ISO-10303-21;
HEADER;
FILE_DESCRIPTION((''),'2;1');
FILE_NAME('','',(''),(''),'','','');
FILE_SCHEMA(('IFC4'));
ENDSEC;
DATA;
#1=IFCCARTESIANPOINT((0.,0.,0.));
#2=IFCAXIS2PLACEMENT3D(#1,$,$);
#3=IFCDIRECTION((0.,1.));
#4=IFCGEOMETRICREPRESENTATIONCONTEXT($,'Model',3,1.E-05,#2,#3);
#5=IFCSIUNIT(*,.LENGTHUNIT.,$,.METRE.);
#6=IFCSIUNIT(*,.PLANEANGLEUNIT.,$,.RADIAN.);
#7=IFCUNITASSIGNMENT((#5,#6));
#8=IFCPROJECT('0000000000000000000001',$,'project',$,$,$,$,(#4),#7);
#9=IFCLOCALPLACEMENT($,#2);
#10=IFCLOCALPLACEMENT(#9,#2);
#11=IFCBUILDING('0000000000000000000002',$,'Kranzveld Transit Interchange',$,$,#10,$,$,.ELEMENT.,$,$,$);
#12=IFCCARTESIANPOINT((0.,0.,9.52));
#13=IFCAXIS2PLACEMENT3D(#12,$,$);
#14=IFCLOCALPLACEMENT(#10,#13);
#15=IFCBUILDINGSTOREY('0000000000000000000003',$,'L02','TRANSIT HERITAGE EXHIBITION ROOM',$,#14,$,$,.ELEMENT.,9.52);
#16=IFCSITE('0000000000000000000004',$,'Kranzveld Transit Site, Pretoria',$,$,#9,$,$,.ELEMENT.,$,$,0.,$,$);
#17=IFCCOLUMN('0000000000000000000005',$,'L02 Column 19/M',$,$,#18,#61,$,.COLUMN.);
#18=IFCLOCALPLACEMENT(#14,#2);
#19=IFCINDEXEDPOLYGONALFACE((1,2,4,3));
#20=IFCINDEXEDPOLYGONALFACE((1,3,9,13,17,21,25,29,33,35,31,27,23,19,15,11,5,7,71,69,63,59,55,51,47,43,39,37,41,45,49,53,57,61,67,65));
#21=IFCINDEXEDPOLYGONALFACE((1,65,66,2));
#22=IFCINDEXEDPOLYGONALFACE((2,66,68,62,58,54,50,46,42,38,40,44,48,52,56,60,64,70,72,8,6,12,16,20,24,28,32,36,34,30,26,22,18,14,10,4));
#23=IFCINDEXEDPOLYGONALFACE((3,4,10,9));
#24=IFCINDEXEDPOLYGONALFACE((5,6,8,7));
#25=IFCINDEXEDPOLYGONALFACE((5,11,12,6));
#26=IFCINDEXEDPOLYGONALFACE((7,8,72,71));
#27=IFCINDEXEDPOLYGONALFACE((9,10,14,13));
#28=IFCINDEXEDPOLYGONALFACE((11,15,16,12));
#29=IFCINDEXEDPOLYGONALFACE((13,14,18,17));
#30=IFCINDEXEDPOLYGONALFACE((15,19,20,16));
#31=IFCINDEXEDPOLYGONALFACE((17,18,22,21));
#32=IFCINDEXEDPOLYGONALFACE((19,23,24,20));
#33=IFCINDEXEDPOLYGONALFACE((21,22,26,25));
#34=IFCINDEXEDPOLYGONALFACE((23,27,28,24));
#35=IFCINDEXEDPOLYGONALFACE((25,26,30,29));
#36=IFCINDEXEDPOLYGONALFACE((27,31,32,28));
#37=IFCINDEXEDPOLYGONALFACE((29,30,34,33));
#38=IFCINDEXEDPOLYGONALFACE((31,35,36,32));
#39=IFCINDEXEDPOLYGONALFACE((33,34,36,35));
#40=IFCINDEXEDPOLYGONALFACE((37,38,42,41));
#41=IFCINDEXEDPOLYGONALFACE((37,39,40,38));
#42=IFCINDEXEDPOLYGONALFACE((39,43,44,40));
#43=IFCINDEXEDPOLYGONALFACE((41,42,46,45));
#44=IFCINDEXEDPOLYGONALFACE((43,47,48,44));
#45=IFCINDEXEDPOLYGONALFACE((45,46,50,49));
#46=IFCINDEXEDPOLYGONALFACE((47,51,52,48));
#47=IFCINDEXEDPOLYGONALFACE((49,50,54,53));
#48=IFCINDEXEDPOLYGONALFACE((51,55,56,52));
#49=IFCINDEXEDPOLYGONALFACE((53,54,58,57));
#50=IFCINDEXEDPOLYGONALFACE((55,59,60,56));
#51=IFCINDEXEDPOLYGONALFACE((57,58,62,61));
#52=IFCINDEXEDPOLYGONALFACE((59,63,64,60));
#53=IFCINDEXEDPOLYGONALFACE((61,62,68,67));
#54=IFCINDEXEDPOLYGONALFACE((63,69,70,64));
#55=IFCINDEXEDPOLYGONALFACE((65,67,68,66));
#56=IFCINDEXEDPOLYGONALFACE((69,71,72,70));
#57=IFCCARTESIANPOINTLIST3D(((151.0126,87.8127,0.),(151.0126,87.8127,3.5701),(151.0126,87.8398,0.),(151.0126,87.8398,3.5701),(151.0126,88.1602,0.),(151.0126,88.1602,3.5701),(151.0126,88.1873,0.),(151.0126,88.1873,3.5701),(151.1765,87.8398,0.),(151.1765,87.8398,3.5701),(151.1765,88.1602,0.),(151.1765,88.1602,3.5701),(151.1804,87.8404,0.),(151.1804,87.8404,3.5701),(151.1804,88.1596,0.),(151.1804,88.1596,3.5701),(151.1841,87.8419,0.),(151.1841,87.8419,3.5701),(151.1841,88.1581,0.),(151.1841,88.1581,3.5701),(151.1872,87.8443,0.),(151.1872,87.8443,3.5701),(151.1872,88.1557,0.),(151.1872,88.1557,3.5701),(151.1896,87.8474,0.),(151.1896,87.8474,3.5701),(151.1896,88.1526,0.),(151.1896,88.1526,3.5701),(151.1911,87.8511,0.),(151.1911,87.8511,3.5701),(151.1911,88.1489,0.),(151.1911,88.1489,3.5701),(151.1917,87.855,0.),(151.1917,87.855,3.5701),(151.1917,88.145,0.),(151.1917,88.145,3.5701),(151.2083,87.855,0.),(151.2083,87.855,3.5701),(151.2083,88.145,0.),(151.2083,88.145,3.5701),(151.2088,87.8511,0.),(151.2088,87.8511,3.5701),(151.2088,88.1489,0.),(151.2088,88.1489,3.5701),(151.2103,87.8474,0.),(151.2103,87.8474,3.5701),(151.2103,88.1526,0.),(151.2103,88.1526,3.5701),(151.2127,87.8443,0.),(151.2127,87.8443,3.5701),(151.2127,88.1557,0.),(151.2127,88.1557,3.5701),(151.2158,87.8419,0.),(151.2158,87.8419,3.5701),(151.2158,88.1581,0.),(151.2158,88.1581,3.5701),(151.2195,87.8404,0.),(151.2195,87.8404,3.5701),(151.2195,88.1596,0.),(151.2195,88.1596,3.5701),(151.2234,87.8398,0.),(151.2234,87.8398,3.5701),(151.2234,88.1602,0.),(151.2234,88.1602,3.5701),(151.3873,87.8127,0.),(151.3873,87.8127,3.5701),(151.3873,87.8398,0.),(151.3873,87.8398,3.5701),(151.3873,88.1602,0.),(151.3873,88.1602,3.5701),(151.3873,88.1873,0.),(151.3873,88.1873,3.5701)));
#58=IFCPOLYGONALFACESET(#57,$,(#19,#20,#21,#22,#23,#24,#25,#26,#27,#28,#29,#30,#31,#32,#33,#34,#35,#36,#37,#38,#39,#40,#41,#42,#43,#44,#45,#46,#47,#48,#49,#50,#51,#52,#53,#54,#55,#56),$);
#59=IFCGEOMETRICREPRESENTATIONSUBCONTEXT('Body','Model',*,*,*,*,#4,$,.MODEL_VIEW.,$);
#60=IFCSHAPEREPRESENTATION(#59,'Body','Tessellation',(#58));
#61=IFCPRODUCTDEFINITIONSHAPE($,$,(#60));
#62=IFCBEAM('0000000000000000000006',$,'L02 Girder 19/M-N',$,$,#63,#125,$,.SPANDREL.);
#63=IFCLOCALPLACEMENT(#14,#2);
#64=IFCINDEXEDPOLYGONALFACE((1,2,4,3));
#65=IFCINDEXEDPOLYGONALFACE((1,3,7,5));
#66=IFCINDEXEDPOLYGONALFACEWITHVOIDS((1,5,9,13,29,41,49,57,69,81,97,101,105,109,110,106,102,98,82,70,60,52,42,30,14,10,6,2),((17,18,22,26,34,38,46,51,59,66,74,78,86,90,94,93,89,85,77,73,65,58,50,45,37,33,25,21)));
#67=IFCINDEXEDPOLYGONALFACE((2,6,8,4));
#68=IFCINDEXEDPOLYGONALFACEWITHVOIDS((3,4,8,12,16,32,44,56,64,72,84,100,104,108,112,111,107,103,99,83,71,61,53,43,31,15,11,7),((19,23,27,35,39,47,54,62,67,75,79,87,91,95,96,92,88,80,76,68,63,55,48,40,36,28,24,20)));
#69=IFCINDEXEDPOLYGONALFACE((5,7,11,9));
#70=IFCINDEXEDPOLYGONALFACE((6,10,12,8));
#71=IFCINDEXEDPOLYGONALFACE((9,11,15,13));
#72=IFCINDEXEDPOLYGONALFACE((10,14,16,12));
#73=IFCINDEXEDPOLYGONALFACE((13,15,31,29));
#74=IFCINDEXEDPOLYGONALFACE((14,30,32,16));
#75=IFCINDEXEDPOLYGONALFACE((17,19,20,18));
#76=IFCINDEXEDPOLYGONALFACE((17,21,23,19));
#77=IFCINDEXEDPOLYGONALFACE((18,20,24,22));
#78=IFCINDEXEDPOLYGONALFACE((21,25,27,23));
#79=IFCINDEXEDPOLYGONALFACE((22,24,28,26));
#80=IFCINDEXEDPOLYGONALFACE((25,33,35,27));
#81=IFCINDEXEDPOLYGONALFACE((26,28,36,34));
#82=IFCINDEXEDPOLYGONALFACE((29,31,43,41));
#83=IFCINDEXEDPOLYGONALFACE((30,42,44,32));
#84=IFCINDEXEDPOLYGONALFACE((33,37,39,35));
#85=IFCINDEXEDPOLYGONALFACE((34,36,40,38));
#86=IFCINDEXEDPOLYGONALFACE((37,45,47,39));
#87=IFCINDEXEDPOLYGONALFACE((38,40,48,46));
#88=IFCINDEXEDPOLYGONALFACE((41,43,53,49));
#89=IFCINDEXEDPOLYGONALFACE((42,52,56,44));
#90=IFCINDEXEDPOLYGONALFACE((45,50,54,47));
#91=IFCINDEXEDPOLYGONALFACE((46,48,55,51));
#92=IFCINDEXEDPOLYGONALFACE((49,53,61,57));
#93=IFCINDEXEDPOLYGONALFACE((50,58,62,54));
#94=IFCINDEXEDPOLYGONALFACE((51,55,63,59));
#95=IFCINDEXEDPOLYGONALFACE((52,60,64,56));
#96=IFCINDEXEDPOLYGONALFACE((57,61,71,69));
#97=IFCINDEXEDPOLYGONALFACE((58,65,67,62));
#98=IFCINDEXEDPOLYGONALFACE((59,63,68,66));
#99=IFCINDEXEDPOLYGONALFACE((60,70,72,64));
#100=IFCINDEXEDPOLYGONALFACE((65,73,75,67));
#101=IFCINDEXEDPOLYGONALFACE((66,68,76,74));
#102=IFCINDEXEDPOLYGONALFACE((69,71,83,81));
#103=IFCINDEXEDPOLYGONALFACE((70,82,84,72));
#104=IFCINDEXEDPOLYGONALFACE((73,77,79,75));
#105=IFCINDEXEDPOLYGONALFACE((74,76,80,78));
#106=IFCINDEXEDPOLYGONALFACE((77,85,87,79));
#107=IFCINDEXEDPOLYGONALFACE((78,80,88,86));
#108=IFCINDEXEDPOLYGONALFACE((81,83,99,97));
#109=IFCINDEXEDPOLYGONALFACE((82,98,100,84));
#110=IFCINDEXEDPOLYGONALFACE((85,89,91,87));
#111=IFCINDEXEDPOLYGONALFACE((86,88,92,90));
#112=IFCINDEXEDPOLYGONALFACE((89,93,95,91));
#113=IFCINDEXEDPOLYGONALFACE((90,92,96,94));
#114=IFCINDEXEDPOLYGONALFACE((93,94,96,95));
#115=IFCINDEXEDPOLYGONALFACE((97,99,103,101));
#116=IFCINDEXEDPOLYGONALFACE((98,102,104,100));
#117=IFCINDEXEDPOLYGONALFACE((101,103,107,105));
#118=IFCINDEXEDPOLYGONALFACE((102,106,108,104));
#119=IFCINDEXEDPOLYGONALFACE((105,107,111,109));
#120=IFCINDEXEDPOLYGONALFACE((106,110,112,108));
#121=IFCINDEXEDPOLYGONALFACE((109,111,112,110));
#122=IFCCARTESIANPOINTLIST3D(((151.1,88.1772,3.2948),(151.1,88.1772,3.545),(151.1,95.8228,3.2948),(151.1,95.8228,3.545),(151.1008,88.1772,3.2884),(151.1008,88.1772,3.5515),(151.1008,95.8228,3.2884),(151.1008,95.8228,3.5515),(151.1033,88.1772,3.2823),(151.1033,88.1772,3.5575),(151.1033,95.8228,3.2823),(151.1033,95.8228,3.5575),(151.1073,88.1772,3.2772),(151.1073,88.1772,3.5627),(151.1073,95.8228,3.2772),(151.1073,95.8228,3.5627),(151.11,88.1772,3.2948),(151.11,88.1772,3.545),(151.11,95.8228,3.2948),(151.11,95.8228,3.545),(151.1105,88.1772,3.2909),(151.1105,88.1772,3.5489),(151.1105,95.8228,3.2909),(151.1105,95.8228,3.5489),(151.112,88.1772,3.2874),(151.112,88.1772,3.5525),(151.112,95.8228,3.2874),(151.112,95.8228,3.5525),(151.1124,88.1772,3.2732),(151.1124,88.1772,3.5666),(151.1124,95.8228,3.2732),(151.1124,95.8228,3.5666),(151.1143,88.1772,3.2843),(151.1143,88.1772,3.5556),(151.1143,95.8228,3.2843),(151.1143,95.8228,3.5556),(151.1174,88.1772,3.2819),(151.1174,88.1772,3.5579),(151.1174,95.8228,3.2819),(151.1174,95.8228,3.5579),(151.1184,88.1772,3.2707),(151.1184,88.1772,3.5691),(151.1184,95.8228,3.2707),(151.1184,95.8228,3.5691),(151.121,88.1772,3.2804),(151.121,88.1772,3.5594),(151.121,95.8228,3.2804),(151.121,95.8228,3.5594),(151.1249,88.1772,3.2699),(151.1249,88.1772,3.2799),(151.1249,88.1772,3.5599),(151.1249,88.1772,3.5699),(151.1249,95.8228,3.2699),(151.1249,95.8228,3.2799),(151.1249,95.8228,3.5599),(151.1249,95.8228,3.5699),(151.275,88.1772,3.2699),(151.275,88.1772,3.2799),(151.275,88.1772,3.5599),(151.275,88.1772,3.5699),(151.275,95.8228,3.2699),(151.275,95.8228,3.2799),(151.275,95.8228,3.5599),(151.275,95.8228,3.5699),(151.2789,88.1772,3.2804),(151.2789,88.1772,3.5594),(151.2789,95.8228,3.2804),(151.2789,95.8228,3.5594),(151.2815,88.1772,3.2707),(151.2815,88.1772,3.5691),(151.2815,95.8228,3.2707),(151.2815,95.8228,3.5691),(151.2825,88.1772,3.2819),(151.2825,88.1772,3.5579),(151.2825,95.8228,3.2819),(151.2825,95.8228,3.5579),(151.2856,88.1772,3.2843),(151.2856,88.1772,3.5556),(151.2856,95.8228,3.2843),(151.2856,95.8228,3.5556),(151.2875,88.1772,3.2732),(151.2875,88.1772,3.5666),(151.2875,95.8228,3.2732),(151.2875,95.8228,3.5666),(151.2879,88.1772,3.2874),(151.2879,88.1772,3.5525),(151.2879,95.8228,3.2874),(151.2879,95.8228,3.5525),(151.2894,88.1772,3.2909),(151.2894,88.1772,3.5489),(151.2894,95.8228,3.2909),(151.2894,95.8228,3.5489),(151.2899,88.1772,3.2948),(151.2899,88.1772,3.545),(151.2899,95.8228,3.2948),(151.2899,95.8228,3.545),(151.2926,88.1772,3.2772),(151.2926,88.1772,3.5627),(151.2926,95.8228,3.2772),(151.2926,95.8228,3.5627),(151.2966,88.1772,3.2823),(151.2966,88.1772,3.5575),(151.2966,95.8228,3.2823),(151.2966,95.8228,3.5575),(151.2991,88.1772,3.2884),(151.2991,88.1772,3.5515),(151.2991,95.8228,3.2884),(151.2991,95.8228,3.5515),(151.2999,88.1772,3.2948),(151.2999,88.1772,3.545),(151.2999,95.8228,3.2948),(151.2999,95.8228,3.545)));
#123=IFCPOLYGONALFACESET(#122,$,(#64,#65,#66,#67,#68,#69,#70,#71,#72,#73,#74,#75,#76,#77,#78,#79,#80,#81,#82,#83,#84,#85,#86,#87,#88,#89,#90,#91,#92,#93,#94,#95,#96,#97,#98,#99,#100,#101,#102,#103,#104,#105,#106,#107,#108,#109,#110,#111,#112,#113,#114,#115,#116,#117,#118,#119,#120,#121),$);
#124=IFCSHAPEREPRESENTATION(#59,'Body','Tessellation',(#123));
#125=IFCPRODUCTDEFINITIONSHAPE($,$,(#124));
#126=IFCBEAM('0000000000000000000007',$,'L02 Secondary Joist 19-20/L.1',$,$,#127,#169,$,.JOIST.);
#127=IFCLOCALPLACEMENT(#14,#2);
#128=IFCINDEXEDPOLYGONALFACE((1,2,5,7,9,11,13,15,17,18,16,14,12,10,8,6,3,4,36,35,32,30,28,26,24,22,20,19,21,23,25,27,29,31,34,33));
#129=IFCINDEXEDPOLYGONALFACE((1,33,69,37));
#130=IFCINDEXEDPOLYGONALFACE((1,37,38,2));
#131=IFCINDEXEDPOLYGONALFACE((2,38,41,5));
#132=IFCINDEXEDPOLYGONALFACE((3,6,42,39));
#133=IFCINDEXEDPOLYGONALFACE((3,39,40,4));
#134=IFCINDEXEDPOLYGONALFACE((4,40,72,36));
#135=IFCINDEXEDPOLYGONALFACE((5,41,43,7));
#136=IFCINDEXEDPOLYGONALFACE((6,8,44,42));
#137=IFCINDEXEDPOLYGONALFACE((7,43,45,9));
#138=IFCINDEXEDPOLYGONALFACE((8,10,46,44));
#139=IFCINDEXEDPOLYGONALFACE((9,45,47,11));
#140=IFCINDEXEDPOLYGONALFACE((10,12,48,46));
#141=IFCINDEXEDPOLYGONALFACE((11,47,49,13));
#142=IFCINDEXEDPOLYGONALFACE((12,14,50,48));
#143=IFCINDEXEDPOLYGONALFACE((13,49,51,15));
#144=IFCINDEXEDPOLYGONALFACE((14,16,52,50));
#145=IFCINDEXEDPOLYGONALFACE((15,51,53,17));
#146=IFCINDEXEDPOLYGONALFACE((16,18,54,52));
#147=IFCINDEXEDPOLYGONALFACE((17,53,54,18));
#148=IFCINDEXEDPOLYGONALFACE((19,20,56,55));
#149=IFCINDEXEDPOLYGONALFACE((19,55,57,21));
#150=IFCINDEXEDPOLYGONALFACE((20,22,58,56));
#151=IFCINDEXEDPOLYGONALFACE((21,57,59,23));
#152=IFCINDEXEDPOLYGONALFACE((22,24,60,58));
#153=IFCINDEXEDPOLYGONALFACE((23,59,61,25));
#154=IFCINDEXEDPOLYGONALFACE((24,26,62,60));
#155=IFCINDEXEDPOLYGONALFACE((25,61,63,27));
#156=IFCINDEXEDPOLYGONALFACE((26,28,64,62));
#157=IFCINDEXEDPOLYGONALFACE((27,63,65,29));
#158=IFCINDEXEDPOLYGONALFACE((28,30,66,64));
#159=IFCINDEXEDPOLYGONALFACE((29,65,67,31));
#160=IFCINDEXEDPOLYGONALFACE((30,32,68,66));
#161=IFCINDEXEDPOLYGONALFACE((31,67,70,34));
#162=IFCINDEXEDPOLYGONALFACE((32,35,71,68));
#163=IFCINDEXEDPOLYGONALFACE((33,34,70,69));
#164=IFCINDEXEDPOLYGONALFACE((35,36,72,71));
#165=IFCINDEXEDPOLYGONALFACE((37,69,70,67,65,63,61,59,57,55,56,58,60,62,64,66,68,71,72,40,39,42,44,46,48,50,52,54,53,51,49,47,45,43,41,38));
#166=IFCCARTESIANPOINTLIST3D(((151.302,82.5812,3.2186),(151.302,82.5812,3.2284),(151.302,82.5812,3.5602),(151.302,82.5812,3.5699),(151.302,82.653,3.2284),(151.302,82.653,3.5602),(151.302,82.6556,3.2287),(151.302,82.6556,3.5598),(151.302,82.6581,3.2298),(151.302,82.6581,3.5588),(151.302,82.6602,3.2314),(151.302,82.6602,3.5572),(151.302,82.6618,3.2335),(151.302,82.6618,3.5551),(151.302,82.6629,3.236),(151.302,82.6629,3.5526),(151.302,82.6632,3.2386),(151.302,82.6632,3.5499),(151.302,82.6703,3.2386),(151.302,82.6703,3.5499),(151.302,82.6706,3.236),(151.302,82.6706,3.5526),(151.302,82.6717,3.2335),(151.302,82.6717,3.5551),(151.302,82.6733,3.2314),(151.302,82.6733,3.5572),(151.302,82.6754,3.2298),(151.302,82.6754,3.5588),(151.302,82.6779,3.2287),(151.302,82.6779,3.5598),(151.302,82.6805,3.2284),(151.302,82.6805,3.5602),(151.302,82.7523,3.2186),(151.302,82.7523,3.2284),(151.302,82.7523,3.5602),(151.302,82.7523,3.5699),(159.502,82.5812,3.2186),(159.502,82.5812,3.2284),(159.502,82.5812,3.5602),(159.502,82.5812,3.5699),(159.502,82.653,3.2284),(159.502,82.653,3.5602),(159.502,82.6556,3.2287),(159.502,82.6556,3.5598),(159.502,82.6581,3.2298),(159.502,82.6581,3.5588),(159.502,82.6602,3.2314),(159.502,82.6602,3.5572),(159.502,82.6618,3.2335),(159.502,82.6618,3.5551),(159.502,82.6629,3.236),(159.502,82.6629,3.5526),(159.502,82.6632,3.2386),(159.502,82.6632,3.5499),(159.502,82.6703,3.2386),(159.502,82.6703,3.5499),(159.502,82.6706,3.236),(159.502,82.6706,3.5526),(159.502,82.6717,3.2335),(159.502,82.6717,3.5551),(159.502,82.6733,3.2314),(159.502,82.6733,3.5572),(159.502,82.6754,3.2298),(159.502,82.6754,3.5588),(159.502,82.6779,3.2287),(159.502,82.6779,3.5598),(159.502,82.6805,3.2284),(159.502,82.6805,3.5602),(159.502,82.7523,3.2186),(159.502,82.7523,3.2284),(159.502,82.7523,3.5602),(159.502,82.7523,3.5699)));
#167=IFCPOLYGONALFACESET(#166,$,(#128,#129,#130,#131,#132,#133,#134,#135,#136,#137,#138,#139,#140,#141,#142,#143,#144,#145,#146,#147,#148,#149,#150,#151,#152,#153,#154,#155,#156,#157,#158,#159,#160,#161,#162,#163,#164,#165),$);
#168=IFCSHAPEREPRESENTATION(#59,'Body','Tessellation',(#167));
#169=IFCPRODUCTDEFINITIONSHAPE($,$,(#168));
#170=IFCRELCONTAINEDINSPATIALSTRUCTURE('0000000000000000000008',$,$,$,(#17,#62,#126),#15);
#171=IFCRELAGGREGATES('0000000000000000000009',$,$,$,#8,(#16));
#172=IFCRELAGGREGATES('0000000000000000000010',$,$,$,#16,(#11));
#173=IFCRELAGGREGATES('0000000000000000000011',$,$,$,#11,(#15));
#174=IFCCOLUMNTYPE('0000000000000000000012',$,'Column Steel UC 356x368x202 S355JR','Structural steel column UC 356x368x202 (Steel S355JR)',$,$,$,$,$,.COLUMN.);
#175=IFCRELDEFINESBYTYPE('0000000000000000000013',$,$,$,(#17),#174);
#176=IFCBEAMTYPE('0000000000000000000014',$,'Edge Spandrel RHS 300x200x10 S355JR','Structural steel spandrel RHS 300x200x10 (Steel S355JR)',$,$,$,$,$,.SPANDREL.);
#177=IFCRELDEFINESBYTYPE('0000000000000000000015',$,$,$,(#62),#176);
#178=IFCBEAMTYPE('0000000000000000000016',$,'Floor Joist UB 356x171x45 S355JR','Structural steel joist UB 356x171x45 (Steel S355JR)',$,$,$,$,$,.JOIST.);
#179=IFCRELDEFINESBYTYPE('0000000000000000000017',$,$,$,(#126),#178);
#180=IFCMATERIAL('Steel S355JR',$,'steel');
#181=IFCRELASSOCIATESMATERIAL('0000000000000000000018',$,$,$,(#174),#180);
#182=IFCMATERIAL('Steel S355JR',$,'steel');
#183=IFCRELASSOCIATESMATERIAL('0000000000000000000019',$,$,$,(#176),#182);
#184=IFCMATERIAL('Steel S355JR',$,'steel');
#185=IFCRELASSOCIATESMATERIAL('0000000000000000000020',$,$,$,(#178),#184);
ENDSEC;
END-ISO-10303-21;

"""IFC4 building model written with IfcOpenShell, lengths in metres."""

from ifc_helpers import new_model, si_unit, direction, frame, origin, origin_2d, place, context, subcontext, project, spatial, hollow_rectangle, i_section, extrude, material, material_profile, profile_set, type_object, element, save


model = new_model("IFC4")

# Units and contexts
model_context = context("Model", 3, precision=1e-05, world=origin(), true_north=direction((0.0, 1.0)))
body_context = subcontext(model_context, "Body", "Model", "MODEL_VIEW")
ifc_project = project(units=[si_unit("LENGTHUNIT", "METRE"), si_unit("PLANEANGLEUNIT", "RADIAN")], contexts=[model_context])

# Site, building, storey
site_placement = place(None, origin())
site = spatial("IfcSite", under=ifc_project, at=site_placement, Name="Kranzveld Transit Site, Pretoria", CompositionType="ELEMENT", RefElevation=0.0)
building_placement = place(site_placement, origin())
building = spatial("IfcBuilding", under=site, at=building_placement, Name="Kranzveld Transit Interchange", CompositionType="ELEMENT")
storey_placement = place(building_placement, frame((0.0, 0.0, 9.52)))
storey = spatial("IfcBuildingStorey", under=building, at=storey_placement, Name="L02", Description="TRANSIT HERITAGE EXHIBITION ROOM", CompositionType="ELEMENT", Elevation=9.52)

# Column
ifc_material_1 = material(Name="Steel S355JR", Category="steel")
ifc_material_profile_1 = material_profile(ifc_material_1, i_section(OverallWidth=0.3748, OverallDepth=0.3745, WebThickness=0.0166, FlangeThickness=0.0271, FilletRadius=0.0151, at=origin_2d()), Name="UC 356x368x202")
ifc_profile_set_1 = profile_set([ifc_material_profile_1], Name="Steel S355JR")
column_type = type_object("IfcColumnType", Name="Column Steel UC 356x368x202 S355JR", Description="Structural steel column UC 356x368x202 (Steel S355JR)", PredefinedType="COLUMN", material=ifc_profile_set_1)
column_placement = place(storey_placement, frame((151.2, 88.0, 0.0), z_axis=(0.0, 0.0, 1.0), x_axis=(1.0, 0.0, 0.0)))
element("IfcColumn", 1, at=column_placement, inside=storey, type_object=column_type, Name="L02 Column 19/M", PredefinedType="COLUMN", context=body_context, shape_type="SweptSolid", body=[
    extrude(i_section(OverallWidth=0.3748, OverallDepth=0.3745, WebThickness=0.0166, FlangeThickness=0.0271, FilletRadius=0.0151, at=origin_2d()), origin(), (0.0, 0.0, 1.0), 3.5701),
])

# Beams
ifc_material_2 = material(Name="Steel S355JR", Category="steel")
ifc_material_profile_2 = material_profile(ifc_material_2, hollow_rectangle(XDim=0.2, YDim=0.3, WallThickness=0.01, InnerFilletRadius=0.0149, OuterFilletRadius=0.0249, at=origin_2d()), Name="RHS 300x200x10")
ifc_profile_set_2 = profile_set([ifc_material_profile_2], Name="Steel S355JR")
beam_type_1 = type_object("IfcBeamType", Name="Edge Spandrel RHS 300x200x10 S355JR", Description="Structural steel spandrel RHS 300x200x10 (Steel S355JR)", PredefinedType="SPANDREL", material=ifc_profile_set_2)
beam_placement = place(storey_placement, frame((151.2, 88.1772, 3.4199), z_axis=(0.0, 1.0, 0.0), x_axis=(-1.0, 0.0, 0.0)))
element("IfcBeam", 2, at=beam_placement, inside=storey, type_object=beam_type_1, Name="L02 Girder 19/M-N", PredefinedType="SPANDREL", context=body_context, shape_type="SweptSolid", body=[
    extrude(hollow_rectangle(XDim=0.2, YDim=0.3, WallThickness=0.01, InnerFilletRadius=0.0149, OuterFilletRadius=0.0249, at=origin_2d()), origin(), (0.0, 0.0, 1.0), 7.6455),
])
ifc_material_3 = material(Name="Steel S355JR", Category="steel")
ifc_material_profile_3 = material_profile(ifc_material_3, i_section(OverallWidth=0.1711, OverallDepth=0.3513, WebThickness=0.0071, FlangeThickness=0.0098, FilletRadius=0.0103, at=origin_2d()), Name="UB 356x171x45")
ifc_profile_set_3 = profile_set([ifc_material_profile_3], Name="Steel S355JR")
beam_type_2 = type_object("IfcBeamType", Name="Floor Joist UB 356x171x45 S355JR", Description="Structural steel joist UB 356x171x45 (Steel S355JR)", PredefinedType="JOIST", material=ifc_profile_set_3)
for number, where, z_axis, x_axis, name in (
    (3, (151.302, 82.6667, 3.3943), (1.0, 0.0, 0.0), (0.0, 1.0, 0.0), "L02 Secondary Joist 19-20/L.1"),
):
    element("IfcBeam", number, at=place(storey_placement, frame(where, z_axis=z_axis, x_axis=x_axis)), inside=storey, type_object=beam_type_2, Name=name, PredefinedType="JOIST", context=body_context, shape_type="SweptSolid", body=[
        extrude(i_section(OverallWidth=0.1711, OverallDepth=0.3513, WebThickness=0.0071, FlangeThickness=0.0098, FilletRadius=0.0103, at=origin_2d()), origin(), (0.0, 0.0, 1.0), 8.2),
    ])

save(model, "model.ifc")
